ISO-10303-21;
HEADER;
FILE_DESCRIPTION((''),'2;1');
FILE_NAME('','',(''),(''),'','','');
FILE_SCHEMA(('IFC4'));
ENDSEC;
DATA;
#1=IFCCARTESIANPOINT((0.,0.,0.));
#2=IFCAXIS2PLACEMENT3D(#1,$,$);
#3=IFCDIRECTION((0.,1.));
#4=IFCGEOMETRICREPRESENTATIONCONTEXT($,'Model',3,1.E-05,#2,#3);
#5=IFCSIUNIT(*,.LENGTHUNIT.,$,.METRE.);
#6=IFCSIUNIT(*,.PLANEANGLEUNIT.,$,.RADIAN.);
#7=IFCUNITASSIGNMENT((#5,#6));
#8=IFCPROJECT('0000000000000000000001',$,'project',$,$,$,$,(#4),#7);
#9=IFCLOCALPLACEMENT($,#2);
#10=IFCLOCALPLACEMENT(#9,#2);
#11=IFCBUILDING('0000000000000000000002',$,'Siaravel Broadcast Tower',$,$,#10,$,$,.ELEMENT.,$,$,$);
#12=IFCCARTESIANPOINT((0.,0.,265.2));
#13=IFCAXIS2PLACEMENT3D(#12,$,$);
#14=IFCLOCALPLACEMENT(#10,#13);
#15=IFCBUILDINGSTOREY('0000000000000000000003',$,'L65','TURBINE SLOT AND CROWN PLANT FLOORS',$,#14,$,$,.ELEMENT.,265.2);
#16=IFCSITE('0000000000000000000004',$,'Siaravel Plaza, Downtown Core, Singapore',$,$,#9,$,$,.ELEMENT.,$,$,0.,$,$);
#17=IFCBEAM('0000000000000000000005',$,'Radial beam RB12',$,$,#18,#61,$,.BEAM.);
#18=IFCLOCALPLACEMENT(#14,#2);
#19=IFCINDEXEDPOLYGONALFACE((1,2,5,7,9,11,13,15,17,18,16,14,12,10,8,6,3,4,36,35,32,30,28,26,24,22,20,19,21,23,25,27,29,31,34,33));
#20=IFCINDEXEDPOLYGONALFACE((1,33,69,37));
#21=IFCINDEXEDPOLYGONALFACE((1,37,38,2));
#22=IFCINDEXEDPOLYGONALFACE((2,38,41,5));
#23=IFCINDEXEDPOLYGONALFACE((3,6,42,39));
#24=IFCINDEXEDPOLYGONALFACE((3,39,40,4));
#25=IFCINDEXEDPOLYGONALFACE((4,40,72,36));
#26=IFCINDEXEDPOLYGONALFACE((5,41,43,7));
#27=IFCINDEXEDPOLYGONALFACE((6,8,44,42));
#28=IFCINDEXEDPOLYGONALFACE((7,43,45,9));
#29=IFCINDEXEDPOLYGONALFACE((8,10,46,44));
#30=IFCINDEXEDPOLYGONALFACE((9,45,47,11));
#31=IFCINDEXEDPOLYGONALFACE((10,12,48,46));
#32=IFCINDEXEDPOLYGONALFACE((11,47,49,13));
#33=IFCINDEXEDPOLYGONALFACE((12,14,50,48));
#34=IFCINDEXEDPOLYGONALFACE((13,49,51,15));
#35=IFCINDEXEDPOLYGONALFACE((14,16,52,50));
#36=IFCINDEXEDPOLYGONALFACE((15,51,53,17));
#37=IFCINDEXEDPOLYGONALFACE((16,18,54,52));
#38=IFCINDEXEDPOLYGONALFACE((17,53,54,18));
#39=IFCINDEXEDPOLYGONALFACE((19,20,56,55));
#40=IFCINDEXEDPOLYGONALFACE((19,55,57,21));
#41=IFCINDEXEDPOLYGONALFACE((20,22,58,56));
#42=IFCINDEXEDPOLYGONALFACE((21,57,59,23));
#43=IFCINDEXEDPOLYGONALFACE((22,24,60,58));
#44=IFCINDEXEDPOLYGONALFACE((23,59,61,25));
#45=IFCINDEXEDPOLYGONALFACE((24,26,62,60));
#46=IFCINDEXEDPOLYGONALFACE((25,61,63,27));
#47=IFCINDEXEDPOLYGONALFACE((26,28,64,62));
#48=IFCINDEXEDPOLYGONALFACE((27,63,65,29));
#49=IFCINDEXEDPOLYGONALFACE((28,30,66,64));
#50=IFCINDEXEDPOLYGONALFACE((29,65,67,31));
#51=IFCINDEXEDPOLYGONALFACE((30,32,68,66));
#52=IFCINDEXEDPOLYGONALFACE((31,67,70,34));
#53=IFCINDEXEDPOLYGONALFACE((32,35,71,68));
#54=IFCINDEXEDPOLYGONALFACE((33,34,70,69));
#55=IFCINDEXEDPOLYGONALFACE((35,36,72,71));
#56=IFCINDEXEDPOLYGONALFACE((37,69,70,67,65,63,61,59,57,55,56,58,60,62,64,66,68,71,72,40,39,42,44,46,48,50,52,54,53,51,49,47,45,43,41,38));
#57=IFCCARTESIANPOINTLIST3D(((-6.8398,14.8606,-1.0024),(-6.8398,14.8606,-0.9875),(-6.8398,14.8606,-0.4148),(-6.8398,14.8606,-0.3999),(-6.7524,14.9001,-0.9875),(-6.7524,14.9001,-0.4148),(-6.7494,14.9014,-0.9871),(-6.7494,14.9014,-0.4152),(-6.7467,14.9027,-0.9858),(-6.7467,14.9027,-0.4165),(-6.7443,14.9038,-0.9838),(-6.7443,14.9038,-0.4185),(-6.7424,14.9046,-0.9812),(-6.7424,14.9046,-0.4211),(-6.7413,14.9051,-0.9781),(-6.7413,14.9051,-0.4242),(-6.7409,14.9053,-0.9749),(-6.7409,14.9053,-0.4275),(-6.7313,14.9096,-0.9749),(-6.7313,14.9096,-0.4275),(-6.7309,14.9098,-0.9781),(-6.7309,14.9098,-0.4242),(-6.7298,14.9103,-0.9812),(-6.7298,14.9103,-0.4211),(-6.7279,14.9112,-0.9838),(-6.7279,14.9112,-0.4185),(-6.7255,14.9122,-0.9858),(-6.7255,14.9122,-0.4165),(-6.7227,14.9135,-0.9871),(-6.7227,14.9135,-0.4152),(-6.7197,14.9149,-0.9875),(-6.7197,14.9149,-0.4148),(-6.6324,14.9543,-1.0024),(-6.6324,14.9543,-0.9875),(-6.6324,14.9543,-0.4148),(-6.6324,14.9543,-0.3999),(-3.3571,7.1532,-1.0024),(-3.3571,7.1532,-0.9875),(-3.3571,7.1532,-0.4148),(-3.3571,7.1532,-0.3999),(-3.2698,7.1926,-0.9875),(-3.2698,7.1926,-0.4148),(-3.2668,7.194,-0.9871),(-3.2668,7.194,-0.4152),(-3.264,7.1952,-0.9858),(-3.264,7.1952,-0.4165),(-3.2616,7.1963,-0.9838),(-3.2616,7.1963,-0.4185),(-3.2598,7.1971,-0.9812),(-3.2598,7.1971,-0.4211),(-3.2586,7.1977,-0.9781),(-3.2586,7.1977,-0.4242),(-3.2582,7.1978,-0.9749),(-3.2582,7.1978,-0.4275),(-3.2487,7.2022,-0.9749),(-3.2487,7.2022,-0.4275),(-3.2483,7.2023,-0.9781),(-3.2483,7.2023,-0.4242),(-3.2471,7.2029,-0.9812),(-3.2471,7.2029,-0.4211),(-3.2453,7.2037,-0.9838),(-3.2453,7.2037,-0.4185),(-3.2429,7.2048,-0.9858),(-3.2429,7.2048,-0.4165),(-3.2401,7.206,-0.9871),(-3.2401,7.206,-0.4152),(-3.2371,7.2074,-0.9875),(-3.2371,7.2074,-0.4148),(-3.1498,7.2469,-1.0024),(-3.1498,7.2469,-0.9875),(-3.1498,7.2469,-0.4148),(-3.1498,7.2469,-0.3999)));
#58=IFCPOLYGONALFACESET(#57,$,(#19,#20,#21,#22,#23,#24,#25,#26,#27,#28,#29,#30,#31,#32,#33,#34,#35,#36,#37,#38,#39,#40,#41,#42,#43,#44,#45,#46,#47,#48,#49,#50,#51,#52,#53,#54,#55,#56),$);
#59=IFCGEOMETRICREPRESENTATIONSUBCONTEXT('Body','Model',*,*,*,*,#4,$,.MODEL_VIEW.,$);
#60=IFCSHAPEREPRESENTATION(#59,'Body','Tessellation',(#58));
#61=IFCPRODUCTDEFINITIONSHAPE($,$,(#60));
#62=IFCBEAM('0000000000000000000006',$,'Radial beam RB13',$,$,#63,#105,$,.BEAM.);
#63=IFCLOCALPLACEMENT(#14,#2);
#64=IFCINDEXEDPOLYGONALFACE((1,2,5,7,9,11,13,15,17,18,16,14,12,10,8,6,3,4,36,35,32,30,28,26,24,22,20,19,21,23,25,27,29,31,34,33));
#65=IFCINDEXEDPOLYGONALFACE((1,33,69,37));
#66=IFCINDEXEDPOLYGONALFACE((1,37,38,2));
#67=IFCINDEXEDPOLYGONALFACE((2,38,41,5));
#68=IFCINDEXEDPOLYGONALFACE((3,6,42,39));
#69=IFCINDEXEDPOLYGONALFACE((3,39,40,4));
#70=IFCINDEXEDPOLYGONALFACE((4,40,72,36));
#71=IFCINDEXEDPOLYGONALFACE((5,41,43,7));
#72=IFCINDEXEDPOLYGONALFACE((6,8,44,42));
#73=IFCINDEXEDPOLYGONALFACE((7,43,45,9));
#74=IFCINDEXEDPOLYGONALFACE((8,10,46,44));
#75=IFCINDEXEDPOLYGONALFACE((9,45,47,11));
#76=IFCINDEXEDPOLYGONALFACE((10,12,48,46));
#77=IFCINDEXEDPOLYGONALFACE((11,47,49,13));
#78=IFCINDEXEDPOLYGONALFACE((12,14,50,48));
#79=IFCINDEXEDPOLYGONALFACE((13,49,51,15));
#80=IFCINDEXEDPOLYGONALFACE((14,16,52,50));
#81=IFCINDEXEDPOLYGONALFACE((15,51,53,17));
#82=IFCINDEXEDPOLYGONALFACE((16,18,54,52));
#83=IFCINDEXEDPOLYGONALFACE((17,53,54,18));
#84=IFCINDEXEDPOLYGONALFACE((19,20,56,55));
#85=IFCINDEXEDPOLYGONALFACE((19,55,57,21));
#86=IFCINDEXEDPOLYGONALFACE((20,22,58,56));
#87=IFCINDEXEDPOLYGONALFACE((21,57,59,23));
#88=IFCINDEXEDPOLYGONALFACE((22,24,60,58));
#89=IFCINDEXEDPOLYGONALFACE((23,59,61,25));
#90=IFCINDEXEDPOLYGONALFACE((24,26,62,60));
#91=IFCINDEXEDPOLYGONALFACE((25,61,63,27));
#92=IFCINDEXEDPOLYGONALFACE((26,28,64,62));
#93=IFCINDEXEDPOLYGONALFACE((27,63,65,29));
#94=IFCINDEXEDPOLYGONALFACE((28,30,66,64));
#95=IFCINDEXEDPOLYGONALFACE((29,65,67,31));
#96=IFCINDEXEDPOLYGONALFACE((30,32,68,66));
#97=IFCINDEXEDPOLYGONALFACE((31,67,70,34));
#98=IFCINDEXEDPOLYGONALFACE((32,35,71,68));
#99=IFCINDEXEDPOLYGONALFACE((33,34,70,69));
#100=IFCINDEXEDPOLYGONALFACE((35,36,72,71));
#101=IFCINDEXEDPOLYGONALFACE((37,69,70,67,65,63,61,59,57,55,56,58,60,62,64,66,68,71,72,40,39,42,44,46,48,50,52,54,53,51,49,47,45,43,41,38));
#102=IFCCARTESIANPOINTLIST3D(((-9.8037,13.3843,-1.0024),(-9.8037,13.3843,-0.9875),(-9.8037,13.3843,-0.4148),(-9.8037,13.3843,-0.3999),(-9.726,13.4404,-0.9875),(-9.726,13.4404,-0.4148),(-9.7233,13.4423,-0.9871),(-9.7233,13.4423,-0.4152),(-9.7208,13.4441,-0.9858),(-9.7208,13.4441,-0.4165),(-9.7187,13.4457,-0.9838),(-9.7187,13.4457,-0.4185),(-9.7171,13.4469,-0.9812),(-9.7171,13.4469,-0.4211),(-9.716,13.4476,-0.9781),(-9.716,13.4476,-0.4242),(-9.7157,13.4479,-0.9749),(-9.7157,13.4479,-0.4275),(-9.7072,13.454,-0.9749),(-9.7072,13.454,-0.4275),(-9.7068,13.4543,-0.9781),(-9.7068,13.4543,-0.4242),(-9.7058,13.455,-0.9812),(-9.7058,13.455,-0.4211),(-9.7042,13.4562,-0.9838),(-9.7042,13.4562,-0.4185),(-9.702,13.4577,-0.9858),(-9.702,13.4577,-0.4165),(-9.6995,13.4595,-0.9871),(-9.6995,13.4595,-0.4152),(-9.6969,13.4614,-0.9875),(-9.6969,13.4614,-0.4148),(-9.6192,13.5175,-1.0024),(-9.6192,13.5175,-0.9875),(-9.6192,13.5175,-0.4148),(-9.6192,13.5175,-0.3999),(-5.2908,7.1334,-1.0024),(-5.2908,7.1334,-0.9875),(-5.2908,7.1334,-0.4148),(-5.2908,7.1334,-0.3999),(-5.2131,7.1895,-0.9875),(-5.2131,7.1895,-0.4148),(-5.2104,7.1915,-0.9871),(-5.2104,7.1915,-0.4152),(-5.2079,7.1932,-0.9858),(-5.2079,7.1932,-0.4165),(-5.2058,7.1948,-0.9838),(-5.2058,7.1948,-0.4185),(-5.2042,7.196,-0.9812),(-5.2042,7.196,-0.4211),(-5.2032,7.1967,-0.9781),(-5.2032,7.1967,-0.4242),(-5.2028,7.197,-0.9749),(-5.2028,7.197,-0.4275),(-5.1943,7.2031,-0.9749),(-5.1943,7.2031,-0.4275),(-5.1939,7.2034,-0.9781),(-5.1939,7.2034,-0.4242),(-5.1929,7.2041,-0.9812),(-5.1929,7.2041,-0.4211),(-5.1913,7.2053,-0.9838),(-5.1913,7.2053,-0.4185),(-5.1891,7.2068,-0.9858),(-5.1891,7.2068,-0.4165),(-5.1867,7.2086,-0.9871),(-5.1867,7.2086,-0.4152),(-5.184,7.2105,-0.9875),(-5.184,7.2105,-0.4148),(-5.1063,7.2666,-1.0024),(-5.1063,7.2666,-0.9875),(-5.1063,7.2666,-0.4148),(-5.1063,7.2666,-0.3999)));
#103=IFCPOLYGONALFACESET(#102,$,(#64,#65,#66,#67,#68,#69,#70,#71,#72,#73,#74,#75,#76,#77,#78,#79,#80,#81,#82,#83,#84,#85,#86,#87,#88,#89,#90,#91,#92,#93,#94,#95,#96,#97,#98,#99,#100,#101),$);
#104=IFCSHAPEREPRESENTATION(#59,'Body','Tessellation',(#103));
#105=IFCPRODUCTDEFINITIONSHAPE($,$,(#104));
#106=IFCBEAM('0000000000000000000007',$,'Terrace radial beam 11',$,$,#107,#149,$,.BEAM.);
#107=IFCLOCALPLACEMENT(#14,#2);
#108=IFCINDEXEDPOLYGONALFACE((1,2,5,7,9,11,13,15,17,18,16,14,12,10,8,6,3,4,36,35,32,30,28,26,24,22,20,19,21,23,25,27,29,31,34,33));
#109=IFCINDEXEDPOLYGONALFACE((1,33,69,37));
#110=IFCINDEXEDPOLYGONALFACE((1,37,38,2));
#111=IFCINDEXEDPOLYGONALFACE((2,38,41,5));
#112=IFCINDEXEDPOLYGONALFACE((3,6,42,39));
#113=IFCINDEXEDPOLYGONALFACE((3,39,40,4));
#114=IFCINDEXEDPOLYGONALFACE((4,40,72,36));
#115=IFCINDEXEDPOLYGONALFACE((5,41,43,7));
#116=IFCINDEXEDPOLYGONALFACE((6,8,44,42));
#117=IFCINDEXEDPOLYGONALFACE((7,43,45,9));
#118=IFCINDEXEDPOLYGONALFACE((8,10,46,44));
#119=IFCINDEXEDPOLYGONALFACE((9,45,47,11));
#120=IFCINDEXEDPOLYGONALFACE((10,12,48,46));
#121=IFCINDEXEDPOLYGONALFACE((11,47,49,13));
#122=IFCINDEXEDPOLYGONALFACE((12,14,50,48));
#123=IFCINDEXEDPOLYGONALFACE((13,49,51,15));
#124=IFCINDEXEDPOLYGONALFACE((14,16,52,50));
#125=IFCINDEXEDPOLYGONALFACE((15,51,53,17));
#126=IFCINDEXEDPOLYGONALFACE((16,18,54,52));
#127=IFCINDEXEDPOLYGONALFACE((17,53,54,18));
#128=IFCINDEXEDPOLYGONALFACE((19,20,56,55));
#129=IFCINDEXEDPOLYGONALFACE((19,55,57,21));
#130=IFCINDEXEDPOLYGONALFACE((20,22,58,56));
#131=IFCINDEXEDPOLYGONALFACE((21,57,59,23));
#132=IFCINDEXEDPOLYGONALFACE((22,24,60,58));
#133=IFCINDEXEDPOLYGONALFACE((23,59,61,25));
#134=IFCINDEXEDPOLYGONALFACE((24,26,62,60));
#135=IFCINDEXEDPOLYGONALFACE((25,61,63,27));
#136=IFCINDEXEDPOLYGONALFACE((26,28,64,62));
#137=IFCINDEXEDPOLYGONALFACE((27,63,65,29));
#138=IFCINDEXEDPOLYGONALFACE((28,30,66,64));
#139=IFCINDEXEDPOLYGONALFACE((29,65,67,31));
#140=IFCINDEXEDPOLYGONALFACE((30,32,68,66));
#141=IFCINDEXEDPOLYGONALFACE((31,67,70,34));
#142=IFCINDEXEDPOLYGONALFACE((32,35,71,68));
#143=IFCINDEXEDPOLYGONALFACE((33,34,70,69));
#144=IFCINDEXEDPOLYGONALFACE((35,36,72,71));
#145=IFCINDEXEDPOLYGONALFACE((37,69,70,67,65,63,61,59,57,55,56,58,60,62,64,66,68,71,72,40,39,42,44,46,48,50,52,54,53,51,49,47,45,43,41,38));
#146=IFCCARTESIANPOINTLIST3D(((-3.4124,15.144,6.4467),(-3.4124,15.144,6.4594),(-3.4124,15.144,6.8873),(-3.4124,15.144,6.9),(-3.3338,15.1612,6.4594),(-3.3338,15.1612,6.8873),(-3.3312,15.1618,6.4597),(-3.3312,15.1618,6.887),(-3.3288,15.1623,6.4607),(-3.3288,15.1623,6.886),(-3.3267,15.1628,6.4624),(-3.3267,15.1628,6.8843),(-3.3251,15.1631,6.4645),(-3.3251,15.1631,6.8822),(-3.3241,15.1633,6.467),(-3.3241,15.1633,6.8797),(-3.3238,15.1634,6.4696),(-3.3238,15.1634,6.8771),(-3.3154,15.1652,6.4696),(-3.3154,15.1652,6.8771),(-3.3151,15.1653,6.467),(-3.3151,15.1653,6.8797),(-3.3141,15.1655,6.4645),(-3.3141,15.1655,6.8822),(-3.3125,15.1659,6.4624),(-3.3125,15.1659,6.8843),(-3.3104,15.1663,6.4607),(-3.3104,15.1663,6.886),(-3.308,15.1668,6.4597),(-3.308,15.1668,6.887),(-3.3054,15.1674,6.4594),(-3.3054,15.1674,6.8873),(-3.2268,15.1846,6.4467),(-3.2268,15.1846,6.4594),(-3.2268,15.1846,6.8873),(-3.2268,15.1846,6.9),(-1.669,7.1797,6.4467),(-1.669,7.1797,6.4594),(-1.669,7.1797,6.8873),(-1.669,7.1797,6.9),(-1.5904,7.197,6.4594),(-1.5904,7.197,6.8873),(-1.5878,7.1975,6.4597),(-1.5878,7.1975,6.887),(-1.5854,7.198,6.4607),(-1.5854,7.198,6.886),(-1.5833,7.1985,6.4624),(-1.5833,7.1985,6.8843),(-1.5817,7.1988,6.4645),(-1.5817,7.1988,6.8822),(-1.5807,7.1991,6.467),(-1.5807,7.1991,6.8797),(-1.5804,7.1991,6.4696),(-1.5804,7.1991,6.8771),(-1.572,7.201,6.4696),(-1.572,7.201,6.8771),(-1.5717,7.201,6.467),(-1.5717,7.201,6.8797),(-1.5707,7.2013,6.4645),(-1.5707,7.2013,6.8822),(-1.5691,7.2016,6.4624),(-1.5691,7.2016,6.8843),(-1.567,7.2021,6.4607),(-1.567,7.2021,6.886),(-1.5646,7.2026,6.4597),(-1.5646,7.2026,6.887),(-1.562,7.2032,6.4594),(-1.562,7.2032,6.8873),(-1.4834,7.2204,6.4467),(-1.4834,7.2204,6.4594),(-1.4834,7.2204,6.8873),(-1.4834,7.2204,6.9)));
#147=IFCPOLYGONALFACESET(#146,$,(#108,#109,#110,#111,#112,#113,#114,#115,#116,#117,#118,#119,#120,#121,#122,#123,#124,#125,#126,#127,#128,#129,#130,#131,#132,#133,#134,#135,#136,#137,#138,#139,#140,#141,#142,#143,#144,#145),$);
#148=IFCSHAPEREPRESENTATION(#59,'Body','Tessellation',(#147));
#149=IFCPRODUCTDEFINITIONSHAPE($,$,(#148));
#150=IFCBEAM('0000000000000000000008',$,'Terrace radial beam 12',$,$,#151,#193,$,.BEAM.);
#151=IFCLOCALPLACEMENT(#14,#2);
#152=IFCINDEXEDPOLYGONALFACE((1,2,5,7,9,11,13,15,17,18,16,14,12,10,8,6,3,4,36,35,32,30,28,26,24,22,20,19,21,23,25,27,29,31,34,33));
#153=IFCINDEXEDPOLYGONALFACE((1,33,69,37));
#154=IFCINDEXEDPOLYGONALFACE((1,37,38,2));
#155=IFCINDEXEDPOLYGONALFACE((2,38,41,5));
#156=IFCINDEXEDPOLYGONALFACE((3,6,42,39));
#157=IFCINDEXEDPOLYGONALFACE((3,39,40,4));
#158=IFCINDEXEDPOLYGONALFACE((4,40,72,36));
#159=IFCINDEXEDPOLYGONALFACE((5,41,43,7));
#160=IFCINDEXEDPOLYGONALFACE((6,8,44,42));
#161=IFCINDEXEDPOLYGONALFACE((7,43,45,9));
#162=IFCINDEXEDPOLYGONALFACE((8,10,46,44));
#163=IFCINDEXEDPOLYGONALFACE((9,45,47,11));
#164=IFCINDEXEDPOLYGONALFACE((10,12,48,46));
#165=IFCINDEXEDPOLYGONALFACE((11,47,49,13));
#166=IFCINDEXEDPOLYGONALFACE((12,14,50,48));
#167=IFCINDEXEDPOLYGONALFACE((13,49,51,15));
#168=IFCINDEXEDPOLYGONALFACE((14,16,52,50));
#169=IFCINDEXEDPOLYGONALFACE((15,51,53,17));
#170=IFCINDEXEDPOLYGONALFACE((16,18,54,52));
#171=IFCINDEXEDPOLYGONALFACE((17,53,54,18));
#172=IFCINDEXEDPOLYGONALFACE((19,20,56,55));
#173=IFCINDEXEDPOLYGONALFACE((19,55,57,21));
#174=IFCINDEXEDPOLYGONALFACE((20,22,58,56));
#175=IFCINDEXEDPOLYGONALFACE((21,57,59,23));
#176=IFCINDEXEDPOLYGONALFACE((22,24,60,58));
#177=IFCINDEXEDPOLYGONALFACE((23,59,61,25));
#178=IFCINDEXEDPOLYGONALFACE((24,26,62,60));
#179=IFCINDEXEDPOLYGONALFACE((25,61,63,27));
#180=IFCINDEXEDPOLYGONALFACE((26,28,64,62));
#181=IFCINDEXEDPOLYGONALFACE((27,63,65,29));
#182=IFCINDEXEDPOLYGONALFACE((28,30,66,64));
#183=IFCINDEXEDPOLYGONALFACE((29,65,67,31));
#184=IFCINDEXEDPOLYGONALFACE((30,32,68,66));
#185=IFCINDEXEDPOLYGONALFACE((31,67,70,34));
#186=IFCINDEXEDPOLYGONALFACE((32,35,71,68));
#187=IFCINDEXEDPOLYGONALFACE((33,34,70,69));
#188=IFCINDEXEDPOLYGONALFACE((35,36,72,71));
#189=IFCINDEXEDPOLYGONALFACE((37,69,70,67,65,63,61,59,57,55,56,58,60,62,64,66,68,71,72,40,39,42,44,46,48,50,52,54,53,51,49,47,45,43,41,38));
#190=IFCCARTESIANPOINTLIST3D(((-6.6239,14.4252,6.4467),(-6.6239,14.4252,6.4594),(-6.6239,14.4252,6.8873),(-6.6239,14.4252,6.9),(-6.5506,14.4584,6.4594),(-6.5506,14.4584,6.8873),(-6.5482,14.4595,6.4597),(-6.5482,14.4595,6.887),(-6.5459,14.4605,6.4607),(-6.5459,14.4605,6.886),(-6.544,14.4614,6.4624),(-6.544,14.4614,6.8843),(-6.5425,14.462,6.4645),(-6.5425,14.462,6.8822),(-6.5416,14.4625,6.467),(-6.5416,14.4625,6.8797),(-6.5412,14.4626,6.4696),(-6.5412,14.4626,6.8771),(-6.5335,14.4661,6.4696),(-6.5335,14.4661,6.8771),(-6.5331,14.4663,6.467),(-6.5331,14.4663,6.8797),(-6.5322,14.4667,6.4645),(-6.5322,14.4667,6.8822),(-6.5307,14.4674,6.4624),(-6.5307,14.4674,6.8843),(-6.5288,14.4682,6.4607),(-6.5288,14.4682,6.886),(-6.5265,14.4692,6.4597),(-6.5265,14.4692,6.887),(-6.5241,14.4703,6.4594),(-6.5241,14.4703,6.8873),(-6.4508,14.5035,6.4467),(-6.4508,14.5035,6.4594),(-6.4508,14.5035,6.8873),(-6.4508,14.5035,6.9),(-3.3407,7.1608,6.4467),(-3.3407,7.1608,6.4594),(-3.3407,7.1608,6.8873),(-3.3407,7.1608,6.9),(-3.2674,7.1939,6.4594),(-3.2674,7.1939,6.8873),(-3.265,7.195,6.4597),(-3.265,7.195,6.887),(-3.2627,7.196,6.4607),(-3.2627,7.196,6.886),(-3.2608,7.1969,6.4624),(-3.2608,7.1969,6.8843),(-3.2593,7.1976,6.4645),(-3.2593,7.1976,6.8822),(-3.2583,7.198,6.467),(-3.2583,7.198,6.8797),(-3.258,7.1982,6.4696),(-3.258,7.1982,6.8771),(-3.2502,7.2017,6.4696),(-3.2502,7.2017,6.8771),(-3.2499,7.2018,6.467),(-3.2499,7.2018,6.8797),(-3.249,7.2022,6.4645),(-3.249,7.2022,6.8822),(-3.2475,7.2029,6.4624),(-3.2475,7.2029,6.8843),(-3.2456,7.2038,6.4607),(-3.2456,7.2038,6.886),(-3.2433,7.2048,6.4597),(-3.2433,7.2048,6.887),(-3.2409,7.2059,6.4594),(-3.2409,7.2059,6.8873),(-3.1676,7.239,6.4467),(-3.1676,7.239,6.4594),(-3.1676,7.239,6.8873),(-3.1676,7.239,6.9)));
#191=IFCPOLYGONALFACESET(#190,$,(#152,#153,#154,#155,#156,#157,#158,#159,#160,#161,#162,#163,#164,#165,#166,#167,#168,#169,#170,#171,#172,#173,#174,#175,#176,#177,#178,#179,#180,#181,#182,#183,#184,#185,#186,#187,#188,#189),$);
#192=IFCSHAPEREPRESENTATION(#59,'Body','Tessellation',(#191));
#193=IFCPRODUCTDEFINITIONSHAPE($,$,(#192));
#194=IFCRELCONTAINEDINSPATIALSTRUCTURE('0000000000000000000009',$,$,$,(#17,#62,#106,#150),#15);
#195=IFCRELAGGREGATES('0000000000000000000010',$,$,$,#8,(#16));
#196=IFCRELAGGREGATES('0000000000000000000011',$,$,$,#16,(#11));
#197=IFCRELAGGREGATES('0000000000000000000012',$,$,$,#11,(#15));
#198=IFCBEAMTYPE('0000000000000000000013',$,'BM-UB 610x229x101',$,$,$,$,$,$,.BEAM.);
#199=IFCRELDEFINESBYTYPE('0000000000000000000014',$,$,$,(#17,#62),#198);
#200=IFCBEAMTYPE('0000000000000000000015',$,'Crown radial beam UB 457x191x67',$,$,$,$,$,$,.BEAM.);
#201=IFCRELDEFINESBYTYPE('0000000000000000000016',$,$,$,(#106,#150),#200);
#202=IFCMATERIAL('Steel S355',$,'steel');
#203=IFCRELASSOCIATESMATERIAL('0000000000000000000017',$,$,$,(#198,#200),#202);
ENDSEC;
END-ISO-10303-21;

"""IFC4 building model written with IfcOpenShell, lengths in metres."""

from ifc_helpers import new_model, si_unit, direction, frame, origin, origin_2d, place, context, subcontext, project, spatial, i_section, extrude, material, material_profile, profile_set, type_object, element, save


model = new_model("IFC4")

# Units and contexts
model_context = context("Model", 3, precision=1e-05, world=origin(), true_north=direction((0.0, 1.0)))
body_context = subcontext(model_context, "Body", "Model", "MODEL_VIEW")
ifc_project = project(units=[si_unit("LENGTHUNIT", "METRE"), si_unit("PLANEANGLEUNIT", "RADIAN")], contexts=[model_context])

# Site, building, storey
site_placement = place(None, origin())
site = spatial("IfcSite", under=ifc_project, at=site_placement, Name="Siaravel Plaza, Downtown Core, Singapore", CompositionType="ELEMENT", RefElevation=0.0)
building_placement = place(site_placement, origin())
building = spatial("IfcBuilding", under=site, at=building_placement, Name="Siaravel Broadcast Tower", CompositionType="ELEMENT")
storey_placement = place(building_placement, frame((0.0, 0.0, 265.2)))
storey = spatial("IfcBuildingStorey", under=building, at=storey_placement, Name="L65", Description="TURBINE SLOT AND CROWN PLANT FLOORS", CompositionType="ELEMENT", Elevation=265.2)

# Beams
ifc_material_1 = material(Name="Steel S355", Category="steel")
ifc_material_profile_1 = material_profile(ifc_material_1, i_section(OverallWidth=0.2275, OverallDepth=0.6025, WebThickness=0.0105, FlangeThickness=0.0149, FilletRadius=0.0127, at=origin_2d()))
ifc_profile_set_1 = profile_set([ifc_material_profile_1], Name="Steel S355")
beam_type_1 = type_object("IfcBeamType", Name="BM-UB 610x229x101", PredefinedType="BEAM", material=ifc_profile_set_1)
beam_1_placement = place(storey_placement, frame((-6.7361, 14.9075, -0.7012), z_axis=(0.411768, -0.911288, 0.0), x_axis=(0.911288, 0.411768, 0.0)))
element("IfcBeam", 1, at=beam_1_placement, inside=storey, type_object=beam_type_1, Name="Radial beam RB12", PredefinedType="BEAM", context=body_context, shape_type="SweptSolid", body=[
    extrude(i_section(OverallWidth=0.2275, OverallDepth=0.6025, WebThickness=0.0105, FlangeThickness=0.0149, FilletRadius=0.0127, at=origin_2d()), origin(), (0.0, 0.0, 1.0), 8.4578),
])
beam_2_placement = place(storey_placement, frame((-9.7114, 13.4509, -0.7012), z_axis=(0.585349, -0.810781, 0.0), x_axis=(0.810781, 0.585349, 0.0)))
element("IfcBeam", 2, at=beam_2_placement, inside=storey, type_object=beam_type_1, Name="Radial beam RB13", PredefinedType="BEAM", context=body_context, shape_type="SweptSolid", body=[
    extrude(i_section(OverallWidth=0.2275, OverallDepth=0.6025, WebThickness=0.0105, FlangeThickness=0.0149, FilletRadius=0.0127, at=origin_2d()), origin(), (0.0, 0.0, 1.0), 7.7097),
])
ifc_material_profile_2 = material_profile(ifc_material_1, i_section(OverallWidth=0.1899, OverallDepth=0.4534, WebThickness=0.0085, FlangeThickness=0.0127, FilletRadius=0.0103, at=origin_2d()))
ifc_profile_set_2 = profile_set([ifc_material_profile_2], Name="Steel S355")
beam_type_2 = type_object("IfcBeamType", Name="Crown radial beam UB 457x191x67", PredefinedType="BEAM", material=ifc_profile_set_2)
beam_3_placement = place(storey_placement, frame((-3.3196, 15.1643, 6.6733), z_axis=(0.213838, -0.976869, 0.0), x_axis=(0.976869, 0.213838, 0.0)))
element("IfcBeam", 3, at=beam_3_placement, inside=storey, type_object=beam_type_2, Name="Terrace radial beam 11", PredefinedType="BEAM", context=body_context, shape_type="SweptSolid", body=[
    extrude(i_section(OverallWidth=0.1899, OverallDepth=0.4534, WebThickness=0.0085, FlangeThickness=0.0127, FilletRadius=0.0103, at=origin_2d()), origin(), (0.0, 0.0, 1.0), 8.1528),
])
beam_4_placement = place(storey_placement, frame((-6.5374, 14.4644, 6.6733), z_axis=(0.411848, -0.911253, 0.0), x_axis=(0.911253, 0.411848, 0.0)))
element("IfcBeam", 4, at=beam_4_placement, inside=storey, type_object=beam_type_2, Name="Terrace radial beam 12", PredefinedType="BEAM", context=body_context, shape_type="SweptSolid", body=[
    extrude(i_section(OverallWidth=0.1899, OverallDepth=0.4534, WebThickness=0.0085, FlangeThickness=0.0127, FilletRadius=0.0103, at=origin_2d()), origin(), (0.0, 0.0, 1.0), 7.9719),
])

save(model, "model.ifc")
